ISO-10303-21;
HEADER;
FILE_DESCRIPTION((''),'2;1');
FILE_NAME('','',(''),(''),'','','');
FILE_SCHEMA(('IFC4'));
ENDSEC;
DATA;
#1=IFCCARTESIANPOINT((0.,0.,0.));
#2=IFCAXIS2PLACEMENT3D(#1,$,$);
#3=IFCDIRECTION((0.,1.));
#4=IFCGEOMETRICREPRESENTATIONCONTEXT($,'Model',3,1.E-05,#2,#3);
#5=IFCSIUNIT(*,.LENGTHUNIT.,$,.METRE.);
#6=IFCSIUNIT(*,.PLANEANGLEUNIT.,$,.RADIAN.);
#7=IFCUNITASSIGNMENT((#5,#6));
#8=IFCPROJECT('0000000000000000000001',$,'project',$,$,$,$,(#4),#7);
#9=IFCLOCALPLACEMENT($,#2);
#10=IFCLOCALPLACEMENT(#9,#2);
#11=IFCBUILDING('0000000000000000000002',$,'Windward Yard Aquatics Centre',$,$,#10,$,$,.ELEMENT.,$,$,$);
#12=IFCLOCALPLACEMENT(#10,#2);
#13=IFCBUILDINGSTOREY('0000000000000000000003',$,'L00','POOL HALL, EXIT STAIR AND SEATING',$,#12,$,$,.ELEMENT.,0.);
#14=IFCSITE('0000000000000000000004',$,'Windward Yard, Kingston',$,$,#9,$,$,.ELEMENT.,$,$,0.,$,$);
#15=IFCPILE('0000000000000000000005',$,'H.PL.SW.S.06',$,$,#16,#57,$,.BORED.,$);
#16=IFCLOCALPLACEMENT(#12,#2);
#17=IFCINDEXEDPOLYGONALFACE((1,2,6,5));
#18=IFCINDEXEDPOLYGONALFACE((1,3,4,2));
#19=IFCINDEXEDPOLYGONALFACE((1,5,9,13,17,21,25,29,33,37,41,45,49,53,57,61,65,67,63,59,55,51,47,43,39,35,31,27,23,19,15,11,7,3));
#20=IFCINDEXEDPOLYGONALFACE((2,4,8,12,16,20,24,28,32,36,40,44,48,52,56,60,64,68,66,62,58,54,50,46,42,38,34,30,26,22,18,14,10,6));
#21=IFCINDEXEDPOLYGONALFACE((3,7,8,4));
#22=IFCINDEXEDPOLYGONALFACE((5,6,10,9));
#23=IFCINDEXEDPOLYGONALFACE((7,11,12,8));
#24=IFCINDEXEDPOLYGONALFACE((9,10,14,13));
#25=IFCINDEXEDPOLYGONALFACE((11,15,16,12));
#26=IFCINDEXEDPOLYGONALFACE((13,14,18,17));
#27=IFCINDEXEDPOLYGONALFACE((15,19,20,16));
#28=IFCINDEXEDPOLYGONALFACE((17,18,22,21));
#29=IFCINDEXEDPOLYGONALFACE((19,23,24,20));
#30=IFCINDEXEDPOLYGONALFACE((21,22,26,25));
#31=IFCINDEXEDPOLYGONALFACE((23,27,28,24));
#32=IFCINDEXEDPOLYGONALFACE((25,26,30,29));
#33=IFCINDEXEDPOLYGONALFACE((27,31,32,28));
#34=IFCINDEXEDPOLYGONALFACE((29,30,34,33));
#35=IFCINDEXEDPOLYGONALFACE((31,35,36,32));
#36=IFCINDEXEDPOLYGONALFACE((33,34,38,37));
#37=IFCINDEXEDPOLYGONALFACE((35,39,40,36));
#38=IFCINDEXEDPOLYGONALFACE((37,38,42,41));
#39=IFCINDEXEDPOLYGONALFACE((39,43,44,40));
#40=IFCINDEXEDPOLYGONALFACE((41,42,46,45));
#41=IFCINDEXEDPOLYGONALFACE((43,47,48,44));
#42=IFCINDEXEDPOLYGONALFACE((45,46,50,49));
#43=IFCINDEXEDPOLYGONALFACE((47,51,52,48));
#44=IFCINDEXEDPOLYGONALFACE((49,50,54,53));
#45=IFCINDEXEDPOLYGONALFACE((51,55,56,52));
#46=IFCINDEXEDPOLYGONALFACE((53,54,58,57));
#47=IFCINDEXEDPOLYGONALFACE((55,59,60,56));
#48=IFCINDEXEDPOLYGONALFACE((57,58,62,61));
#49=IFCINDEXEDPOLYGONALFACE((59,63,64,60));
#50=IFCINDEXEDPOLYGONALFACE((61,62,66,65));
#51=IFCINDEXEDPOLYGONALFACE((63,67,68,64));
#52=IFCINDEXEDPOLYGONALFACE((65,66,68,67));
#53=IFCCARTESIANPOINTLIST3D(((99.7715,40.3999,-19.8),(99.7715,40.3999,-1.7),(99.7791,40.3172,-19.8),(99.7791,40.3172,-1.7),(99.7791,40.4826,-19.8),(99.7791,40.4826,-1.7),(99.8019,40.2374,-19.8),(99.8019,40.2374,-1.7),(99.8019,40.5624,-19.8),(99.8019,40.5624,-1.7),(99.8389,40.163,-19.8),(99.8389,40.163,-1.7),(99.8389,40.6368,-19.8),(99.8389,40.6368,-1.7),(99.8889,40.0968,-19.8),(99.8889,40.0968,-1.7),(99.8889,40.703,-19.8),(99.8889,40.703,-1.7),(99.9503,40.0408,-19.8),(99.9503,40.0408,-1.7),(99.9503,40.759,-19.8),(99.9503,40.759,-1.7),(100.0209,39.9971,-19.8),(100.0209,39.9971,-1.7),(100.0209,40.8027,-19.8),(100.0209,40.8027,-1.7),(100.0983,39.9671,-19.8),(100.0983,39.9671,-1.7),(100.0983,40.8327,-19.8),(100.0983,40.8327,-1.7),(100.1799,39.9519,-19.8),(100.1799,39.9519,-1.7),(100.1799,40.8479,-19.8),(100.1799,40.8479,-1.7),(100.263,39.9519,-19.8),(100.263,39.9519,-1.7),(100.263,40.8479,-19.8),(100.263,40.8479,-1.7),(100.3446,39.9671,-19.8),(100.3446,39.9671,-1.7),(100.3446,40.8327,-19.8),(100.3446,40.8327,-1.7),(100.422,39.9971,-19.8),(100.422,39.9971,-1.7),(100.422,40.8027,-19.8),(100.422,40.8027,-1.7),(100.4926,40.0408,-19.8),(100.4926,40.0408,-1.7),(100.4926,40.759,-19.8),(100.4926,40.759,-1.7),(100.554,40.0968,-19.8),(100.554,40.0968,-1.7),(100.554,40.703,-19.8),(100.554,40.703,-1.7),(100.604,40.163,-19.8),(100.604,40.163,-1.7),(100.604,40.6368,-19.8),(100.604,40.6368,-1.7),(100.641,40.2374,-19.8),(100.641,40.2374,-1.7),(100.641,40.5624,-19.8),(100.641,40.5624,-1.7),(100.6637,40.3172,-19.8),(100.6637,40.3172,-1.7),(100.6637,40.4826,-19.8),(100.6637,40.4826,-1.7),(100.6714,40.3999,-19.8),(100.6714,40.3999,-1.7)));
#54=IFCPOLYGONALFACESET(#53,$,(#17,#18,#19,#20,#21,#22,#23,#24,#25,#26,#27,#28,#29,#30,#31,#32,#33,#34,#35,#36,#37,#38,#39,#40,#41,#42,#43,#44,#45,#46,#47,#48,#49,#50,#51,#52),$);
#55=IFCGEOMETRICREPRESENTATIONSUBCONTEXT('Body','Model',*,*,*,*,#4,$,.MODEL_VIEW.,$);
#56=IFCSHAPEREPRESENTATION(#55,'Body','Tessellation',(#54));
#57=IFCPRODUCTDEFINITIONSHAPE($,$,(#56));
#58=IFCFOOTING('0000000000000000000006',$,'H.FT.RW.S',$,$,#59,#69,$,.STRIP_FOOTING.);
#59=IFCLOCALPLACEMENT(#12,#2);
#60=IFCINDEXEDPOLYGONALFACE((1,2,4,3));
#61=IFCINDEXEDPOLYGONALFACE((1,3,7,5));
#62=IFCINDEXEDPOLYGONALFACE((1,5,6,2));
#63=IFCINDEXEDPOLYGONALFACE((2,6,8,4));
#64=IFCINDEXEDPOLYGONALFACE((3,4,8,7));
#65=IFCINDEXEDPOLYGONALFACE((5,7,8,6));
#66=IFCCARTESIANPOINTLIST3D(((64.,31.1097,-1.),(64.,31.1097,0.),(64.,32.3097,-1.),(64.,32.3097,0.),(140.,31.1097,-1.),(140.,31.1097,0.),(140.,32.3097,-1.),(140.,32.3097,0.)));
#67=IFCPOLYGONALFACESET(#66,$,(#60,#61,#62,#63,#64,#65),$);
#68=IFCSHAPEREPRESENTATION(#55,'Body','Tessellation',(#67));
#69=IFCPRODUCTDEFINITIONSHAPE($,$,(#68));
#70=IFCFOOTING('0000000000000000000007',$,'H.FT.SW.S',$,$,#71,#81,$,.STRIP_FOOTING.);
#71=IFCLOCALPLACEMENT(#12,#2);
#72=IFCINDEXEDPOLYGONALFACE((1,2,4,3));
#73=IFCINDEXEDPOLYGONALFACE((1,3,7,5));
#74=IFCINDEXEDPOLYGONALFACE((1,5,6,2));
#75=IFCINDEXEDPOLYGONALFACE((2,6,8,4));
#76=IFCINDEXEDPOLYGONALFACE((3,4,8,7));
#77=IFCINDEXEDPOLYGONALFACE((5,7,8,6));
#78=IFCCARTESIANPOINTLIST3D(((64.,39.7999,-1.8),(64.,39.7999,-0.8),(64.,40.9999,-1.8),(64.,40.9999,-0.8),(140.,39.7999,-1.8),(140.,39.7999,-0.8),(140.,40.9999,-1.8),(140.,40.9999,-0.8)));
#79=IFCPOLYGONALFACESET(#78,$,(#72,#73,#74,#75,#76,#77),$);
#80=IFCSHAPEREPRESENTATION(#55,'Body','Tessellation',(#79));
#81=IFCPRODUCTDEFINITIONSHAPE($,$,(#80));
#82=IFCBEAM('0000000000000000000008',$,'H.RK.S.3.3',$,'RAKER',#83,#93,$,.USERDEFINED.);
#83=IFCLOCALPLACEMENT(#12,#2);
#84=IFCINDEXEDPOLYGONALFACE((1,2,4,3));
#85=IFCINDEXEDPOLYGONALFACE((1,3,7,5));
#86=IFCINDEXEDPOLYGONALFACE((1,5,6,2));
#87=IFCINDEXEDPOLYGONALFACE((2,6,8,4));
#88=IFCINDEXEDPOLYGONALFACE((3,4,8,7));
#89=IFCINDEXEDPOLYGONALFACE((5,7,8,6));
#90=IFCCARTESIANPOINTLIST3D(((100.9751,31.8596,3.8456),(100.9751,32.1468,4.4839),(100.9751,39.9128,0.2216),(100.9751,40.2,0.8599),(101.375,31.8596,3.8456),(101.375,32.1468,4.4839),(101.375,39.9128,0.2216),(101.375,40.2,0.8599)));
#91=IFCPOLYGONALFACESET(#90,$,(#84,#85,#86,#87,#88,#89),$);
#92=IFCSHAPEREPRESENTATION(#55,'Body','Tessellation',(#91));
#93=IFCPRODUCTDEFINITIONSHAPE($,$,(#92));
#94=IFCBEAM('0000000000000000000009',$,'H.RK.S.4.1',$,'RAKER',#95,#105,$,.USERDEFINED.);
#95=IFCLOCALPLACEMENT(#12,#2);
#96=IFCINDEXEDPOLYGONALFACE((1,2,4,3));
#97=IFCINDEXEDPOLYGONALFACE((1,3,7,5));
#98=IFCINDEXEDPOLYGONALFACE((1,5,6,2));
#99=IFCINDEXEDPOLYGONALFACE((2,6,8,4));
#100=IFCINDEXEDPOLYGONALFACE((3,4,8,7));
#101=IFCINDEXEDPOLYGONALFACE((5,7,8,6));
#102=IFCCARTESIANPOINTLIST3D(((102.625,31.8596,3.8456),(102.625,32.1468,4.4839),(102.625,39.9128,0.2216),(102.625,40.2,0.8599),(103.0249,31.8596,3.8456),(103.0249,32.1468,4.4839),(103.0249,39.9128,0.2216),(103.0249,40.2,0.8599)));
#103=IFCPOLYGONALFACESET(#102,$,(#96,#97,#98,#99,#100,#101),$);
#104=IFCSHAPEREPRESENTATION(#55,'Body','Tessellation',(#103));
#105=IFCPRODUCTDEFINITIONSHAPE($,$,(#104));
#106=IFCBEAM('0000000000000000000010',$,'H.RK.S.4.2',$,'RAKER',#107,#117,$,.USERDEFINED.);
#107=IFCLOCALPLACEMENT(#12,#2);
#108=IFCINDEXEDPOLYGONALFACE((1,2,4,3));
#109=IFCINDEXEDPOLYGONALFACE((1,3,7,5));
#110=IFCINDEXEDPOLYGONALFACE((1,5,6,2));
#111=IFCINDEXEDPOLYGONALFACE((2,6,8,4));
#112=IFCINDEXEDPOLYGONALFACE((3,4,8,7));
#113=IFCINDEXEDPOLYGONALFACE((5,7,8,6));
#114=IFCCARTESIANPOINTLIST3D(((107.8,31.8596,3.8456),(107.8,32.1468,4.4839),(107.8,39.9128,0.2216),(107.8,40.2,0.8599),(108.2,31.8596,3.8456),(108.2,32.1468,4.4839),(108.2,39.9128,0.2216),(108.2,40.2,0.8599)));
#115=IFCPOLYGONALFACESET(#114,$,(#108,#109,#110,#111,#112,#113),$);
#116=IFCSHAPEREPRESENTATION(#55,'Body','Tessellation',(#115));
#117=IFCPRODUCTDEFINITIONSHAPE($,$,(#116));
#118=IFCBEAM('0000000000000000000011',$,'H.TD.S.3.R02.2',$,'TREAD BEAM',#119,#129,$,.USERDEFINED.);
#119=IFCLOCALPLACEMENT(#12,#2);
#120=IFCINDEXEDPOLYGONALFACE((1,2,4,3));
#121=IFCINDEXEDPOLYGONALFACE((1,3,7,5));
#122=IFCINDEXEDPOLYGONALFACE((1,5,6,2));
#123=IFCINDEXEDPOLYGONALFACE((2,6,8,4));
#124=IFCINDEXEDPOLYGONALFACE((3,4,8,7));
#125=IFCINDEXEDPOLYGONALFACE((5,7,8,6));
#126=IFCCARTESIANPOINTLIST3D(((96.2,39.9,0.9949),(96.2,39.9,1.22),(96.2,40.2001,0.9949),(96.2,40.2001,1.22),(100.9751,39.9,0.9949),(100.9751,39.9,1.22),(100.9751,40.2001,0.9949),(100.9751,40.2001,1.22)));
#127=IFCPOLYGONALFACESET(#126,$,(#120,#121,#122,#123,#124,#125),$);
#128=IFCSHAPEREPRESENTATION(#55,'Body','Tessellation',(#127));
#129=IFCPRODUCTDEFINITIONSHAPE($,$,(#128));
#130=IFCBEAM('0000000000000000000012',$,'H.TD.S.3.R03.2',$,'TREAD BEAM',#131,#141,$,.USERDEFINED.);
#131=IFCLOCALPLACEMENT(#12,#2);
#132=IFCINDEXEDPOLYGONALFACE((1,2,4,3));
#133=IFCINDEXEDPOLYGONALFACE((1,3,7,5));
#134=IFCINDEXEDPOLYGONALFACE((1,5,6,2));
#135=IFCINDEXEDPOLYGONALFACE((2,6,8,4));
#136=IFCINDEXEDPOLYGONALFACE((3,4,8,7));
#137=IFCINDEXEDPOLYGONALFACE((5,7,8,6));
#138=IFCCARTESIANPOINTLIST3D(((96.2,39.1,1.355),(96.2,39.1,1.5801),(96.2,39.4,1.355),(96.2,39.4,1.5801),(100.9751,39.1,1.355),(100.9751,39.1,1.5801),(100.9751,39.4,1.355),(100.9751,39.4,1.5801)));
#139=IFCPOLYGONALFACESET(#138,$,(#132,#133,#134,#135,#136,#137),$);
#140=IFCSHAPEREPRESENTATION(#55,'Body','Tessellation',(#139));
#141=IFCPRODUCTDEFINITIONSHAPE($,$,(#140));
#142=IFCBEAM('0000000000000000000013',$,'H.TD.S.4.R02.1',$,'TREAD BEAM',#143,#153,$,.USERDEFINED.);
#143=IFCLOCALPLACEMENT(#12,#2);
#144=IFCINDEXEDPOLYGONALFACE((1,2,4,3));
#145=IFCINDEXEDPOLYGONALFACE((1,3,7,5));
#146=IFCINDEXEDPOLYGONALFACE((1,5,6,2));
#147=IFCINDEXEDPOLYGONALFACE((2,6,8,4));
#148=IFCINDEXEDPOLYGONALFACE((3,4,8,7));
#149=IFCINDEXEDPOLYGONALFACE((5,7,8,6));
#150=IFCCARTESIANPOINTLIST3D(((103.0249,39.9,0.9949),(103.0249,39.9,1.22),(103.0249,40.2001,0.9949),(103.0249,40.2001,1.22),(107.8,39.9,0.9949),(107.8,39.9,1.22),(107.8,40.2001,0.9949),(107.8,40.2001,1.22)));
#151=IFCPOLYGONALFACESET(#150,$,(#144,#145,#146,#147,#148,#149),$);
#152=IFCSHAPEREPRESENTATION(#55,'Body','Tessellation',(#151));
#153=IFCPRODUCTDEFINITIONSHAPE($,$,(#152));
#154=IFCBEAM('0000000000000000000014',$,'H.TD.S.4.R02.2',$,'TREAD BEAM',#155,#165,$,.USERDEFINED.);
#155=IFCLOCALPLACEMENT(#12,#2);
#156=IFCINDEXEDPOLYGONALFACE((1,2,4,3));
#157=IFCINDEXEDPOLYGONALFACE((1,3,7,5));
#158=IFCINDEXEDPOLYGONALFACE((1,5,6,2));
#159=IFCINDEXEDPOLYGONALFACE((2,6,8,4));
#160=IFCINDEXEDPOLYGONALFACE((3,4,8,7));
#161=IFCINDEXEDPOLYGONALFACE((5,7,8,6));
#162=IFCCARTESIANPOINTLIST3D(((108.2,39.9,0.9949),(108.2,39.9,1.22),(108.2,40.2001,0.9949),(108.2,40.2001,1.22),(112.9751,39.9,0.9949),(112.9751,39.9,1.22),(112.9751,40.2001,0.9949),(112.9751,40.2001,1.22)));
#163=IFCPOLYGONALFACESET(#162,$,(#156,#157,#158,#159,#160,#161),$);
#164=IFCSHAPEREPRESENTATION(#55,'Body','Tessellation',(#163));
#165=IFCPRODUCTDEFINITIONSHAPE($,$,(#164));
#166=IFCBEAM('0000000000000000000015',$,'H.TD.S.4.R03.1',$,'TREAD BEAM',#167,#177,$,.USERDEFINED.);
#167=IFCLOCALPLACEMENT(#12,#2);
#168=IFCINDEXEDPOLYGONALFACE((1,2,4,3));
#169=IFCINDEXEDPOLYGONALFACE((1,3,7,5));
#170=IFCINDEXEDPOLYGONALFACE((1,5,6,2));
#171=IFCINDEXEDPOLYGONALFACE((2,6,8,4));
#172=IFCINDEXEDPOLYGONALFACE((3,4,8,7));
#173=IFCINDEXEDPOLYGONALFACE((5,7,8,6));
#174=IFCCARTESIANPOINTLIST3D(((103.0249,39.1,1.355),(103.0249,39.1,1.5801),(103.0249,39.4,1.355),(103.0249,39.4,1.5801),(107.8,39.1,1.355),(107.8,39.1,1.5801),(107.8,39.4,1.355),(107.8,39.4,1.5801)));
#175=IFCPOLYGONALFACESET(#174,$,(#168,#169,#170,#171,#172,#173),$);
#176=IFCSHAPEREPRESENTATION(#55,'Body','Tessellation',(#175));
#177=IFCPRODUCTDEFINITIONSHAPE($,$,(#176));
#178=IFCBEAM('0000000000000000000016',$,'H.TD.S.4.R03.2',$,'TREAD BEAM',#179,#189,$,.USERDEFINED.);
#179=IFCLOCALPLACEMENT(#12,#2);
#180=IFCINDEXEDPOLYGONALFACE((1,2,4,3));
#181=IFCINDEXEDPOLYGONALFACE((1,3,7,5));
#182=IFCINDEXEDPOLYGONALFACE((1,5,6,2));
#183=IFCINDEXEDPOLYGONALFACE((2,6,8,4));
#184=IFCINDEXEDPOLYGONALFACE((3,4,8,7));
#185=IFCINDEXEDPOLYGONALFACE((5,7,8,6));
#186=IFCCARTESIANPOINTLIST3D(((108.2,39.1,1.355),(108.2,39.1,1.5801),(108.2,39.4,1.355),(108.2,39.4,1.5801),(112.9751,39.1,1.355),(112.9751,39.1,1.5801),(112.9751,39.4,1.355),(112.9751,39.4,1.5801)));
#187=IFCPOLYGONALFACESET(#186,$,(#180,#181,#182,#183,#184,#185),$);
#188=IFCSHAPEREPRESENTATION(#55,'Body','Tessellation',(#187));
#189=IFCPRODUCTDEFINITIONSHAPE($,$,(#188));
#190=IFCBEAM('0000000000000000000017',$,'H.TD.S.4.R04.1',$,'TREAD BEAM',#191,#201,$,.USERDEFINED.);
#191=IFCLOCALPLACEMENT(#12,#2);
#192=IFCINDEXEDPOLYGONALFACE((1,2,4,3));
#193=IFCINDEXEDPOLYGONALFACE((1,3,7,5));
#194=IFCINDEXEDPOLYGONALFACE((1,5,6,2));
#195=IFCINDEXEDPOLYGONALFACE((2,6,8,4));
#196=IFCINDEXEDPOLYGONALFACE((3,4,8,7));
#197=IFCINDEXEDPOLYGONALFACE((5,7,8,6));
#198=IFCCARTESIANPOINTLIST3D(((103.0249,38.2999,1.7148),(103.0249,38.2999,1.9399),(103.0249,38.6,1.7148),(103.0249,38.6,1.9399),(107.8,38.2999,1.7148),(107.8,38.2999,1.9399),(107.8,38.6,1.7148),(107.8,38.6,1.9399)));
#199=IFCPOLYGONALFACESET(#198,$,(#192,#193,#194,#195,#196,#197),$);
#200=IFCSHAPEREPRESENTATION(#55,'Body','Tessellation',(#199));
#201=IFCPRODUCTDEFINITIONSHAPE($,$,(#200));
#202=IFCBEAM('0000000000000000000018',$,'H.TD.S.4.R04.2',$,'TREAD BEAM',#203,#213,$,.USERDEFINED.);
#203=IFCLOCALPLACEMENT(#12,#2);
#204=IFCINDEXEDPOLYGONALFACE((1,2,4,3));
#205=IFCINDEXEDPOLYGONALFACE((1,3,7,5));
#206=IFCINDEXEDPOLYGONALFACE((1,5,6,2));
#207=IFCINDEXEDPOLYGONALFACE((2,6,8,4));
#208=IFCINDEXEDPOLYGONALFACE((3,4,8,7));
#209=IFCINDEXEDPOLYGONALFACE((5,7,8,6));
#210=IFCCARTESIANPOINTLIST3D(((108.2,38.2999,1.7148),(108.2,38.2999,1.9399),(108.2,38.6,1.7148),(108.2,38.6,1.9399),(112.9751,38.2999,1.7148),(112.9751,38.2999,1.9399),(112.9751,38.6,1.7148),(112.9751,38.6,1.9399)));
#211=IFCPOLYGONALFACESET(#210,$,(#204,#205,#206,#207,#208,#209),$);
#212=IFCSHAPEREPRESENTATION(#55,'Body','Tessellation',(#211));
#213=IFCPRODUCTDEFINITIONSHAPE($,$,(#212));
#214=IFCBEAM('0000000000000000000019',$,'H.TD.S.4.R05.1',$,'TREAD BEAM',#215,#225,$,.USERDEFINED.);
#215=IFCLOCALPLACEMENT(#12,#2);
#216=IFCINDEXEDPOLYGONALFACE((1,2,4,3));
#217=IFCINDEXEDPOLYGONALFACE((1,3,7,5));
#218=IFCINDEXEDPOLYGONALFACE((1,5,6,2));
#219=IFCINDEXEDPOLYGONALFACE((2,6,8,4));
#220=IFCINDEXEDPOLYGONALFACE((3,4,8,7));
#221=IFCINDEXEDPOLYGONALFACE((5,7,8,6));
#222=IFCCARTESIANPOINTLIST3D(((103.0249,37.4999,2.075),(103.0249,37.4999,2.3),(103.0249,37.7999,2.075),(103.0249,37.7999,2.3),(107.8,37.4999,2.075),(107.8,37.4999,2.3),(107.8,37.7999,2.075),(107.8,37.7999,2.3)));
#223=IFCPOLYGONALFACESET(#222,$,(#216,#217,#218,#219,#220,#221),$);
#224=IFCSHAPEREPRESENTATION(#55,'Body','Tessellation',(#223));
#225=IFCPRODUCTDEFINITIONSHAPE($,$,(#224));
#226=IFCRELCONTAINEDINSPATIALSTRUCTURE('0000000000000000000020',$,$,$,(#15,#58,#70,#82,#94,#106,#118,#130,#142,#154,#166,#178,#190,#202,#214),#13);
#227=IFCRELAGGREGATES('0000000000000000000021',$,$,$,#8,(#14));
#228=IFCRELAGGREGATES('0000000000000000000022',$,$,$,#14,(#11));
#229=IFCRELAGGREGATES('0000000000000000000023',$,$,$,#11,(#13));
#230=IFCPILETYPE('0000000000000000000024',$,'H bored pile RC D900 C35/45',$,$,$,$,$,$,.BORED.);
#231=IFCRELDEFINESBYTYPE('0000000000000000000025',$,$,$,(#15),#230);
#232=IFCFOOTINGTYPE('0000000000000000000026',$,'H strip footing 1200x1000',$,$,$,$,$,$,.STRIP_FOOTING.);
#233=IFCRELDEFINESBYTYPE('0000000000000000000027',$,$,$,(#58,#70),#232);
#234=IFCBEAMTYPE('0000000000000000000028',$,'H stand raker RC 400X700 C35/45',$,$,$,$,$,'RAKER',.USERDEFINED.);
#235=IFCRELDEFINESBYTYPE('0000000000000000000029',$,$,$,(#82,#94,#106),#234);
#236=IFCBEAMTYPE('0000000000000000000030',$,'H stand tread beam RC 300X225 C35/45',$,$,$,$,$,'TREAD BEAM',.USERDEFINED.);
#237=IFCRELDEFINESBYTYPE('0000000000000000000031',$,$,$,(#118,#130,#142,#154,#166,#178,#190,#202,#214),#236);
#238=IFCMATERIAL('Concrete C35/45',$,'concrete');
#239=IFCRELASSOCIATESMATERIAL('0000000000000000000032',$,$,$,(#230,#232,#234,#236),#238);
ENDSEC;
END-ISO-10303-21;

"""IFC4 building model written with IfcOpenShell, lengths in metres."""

from ifc_helpers import new_model, si_unit, direction, frame, origin, origin_2d, place, context, subcontext, project, spatial, rectangle, circle, extrude, material, material_profile, profile_set, type_object, element, save


model = new_model("IFC4")

# Units and contexts
model_context = context("Model", 3, precision=1e-05, world=origin(), true_north=direction((0.0, 1.0)))
body_context = subcontext(model_context, "Body", "Model", "MODEL_VIEW")
ifc_project = project(units=[si_unit("LENGTHUNIT", "METRE"), si_unit("PLANEANGLEUNIT", "RADIAN")], contexts=[model_context])

# Site, building, storey
site_placement = place(None, origin())
site = spatial("IfcSite", under=ifc_project, at=site_placement, Name="Windward Yard, Kingston", CompositionType="ELEMENT", RefElevation=0.0)
building_placement = place(site_placement, origin())
building = spatial("IfcBuilding", under=site, at=building_placement, Name="Windward Yard Aquatics Centre", CompositionType="ELEMENT")
storey_placement = place(building_placement, origin())
storey = spatial("IfcBuildingStorey", under=building, at=storey_placement, Name="L00", Description="POOL HALL, EXIT STAIR AND SEATING", CompositionType="ELEMENT", Elevation=0.0)

# Pile
ifc_material = material(Name="Concrete C35/45", Category="concrete")
ifc_material_profile_1 = material_profile(ifc_material, circle(Radius=0.45, at=origin_2d()), Name="RC D900")
ifc_profile_set_1 = profile_set([ifc_material_profile_1], Name="Concrete C35/45")
pile_type = type_object("IfcPileType", Name="H bored pile RC D900 C35/45", PredefinedType="BORED", material=ifc_profile_set_1)
for number, where, z_axis, x_axis, name in (
    (1, (100.2214, 40.3999, -1.7), (0.0, 0.0, -1.0), (1.0, 0.0, 0.0), "H.PL.SW.S.06"),
):
    element("IfcPile", number, at=place(storey_placement, frame(where, z_axis=z_axis, x_axis=x_axis)), inside=storey, type_object=pile_type, Name=name, PredefinedType="BORED", context=body_context, shape_type="SweptSolid", body=[
        extrude(circle(Radius=0.45, at=origin_2d()), origin(), (0.0, 0.0, 1.0), 18.1001),
    ])

# Footings
footing_type = type_object("IfcFootingType", Name="H strip footing 1200x1000", PredefinedType="STRIP_FOOTING", material=ifc_material)
for number, where, z_axis, x_axis, name in (
    (2, (102.0, 31.7097, -1.0), (0.0, 0.0, 1.0), (1.0, 0.0, 0.0), "H.FT.RW.S"),
    (3, (102.0, 40.3999, -1.8), (0.0, 0.0, 1.0), (1.0, 0.0, 0.0), "H.FT.SW.S"),
):
    element("IfcFooting", number, at=place(storey_placement, frame(where, z_axis=z_axis, x_axis=x_axis)), inside=storey, type_object=footing_type, Name=name, PredefinedType="STRIP_FOOTING", context=body_context, shape_type="SweptSolid", body=[
        extrude(rectangle(XDim=76.0, YDim=1.2, at=origin_2d()), origin(), (0.0, 0.0, 1.0), 1.0),
    ])

# Beams
ifc_material_profile_2 = material_profile(ifc_material, rectangle(XDim=0.3999, YDim=0.7, at=origin_2d()), Name="RC 400X700")
ifc_profile_set_2 = profile_set([ifc_material_profile_2], Name="Concrete C35/45")
beam_type_1 = type_object("IfcBeamType", Name="H stand raker RC 400X700 C35/45", ElementType="RAKER", PredefinedType="USERDEFINED", material=ifc_profile_set_2)
for number, where, z_axis, x_axis, name in (
    (4, (101.175, 40.0564, 0.5408), (0.0, -0.911918, 0.410372), (1.0, 0.0, 0.0), "H.RK.S.3.3"),
    (5, (102.825, 40.0564, 0.5408), (0.0, -0.911918, 0.410372), (1.0, 0.0, 0.0), "H.RK.S.4.1"),
    (6, (108.0, 40.0564, 0.5408), (0.0, -0.911918, 0.410372), (1.0, 0.0, 0.0), "H.RK.S.4.2"),
):
    element("IfcBeam", number, at=place(storey_placement, frame(where, z_axis=z_axis, x_axis=x_axis)), inside=storey, type_object=beam_type_1, Name=name, ObjectType="RAKER", PredefinedType="USERDEFINED", context=body_context, shape_type="SweptSolid", body=[
        extrude(rectangle(XDim=0.3999, YDim=0.7, at=origin_2d()), origin(), (0.0, 0.0, 1.0), 8.8311),
    ])
ifc_material_profile_3 = material_profile(ifc_material, rectangle(XDim=0.3, YDim=0.2251, at=origin_2d()), Name="RC 300X225")
ifc_profile_set_3 = profile_set([ifc_material_profile_3], Name="Concrete C35/45")
beam_type_2 = type_object("IfcBeamType", Name="H stand tread beam RC 300X225 C35/45", ElementType="TREAD BEAM", PredefinedType="USERDEFINED", material=ifc_profile_set_3)
for number, where, z_axis, x_axis, name in (
    (7, (96.2, 40.05, 1.1074), (1.0, 0.0, 0.0), (0.0, 1.0, 0.0), "H.TD.S.3.R02.2"),
    (8, (96.2, 39.25, 1.4675), (1.0, 0.0, 0.0), (0.0, 1.0, 0.0), "H.TD.S.3.R03.2"),
    (9, (103.0249, 40.05, 1.1074), (1.0, 0.0, 0.0), (0.0, 1.0, 0.0), "H.TD.S.4.R02.1"),
    (10, (108.2, 40.05, 1.1074), (1.0, 0.0, 0.0), (0.0, 1.0, 0.0), "H.TD.S.4.R02.2"),
    (11, (103.0249, 39.25, 1.4675), (1.0, 0.0, 0.0), (0.0, 1.0, 0.0), "H.TD.S.4.R03.1"),
    (12, (108.2, 39.25, 1.4675), (1.0, 0.0, 0.0), (0.0, 1.0, 0.0), "H.TD.S.4.R03.2"),
    (13, (103.0249, 38.45, 1.8274), (1.0, 0.0, 0.0), (0.0, 1.0, 0.0), "H.TD.S.4.R04.1"),
    (14, (108.2, 38.45, 1.8274), (1.0, 0.0, 0.0), (0.0, 1.0, 0.0), "H.TD.S.4.R04.2"),
    (15, (103.0249, 37.6499, 2.1875), (1.0, 0.0, 0.0), (0.0, 1.0, 0.0), "H.TD.S.4.R05.1"),
):
    element("IfcBeam", number, at=place(storey_placement, frame(where, z_axis=z_axis, x_axis=x_axis)), inside=storey, type_object=beam_type_2, Name=name, ObjectType="TREAD BEAM", PredefinedType="USERDEFINED", context=body_context, shape_type="SweptSolid", body=[
        extrude(rectangle(XDim=0.3, YDim=0.2251, at=origin_2d()), origin(), (0.0, 0.0, 1.0), 4.7751),
    ])

save(model, "model.ifc")
